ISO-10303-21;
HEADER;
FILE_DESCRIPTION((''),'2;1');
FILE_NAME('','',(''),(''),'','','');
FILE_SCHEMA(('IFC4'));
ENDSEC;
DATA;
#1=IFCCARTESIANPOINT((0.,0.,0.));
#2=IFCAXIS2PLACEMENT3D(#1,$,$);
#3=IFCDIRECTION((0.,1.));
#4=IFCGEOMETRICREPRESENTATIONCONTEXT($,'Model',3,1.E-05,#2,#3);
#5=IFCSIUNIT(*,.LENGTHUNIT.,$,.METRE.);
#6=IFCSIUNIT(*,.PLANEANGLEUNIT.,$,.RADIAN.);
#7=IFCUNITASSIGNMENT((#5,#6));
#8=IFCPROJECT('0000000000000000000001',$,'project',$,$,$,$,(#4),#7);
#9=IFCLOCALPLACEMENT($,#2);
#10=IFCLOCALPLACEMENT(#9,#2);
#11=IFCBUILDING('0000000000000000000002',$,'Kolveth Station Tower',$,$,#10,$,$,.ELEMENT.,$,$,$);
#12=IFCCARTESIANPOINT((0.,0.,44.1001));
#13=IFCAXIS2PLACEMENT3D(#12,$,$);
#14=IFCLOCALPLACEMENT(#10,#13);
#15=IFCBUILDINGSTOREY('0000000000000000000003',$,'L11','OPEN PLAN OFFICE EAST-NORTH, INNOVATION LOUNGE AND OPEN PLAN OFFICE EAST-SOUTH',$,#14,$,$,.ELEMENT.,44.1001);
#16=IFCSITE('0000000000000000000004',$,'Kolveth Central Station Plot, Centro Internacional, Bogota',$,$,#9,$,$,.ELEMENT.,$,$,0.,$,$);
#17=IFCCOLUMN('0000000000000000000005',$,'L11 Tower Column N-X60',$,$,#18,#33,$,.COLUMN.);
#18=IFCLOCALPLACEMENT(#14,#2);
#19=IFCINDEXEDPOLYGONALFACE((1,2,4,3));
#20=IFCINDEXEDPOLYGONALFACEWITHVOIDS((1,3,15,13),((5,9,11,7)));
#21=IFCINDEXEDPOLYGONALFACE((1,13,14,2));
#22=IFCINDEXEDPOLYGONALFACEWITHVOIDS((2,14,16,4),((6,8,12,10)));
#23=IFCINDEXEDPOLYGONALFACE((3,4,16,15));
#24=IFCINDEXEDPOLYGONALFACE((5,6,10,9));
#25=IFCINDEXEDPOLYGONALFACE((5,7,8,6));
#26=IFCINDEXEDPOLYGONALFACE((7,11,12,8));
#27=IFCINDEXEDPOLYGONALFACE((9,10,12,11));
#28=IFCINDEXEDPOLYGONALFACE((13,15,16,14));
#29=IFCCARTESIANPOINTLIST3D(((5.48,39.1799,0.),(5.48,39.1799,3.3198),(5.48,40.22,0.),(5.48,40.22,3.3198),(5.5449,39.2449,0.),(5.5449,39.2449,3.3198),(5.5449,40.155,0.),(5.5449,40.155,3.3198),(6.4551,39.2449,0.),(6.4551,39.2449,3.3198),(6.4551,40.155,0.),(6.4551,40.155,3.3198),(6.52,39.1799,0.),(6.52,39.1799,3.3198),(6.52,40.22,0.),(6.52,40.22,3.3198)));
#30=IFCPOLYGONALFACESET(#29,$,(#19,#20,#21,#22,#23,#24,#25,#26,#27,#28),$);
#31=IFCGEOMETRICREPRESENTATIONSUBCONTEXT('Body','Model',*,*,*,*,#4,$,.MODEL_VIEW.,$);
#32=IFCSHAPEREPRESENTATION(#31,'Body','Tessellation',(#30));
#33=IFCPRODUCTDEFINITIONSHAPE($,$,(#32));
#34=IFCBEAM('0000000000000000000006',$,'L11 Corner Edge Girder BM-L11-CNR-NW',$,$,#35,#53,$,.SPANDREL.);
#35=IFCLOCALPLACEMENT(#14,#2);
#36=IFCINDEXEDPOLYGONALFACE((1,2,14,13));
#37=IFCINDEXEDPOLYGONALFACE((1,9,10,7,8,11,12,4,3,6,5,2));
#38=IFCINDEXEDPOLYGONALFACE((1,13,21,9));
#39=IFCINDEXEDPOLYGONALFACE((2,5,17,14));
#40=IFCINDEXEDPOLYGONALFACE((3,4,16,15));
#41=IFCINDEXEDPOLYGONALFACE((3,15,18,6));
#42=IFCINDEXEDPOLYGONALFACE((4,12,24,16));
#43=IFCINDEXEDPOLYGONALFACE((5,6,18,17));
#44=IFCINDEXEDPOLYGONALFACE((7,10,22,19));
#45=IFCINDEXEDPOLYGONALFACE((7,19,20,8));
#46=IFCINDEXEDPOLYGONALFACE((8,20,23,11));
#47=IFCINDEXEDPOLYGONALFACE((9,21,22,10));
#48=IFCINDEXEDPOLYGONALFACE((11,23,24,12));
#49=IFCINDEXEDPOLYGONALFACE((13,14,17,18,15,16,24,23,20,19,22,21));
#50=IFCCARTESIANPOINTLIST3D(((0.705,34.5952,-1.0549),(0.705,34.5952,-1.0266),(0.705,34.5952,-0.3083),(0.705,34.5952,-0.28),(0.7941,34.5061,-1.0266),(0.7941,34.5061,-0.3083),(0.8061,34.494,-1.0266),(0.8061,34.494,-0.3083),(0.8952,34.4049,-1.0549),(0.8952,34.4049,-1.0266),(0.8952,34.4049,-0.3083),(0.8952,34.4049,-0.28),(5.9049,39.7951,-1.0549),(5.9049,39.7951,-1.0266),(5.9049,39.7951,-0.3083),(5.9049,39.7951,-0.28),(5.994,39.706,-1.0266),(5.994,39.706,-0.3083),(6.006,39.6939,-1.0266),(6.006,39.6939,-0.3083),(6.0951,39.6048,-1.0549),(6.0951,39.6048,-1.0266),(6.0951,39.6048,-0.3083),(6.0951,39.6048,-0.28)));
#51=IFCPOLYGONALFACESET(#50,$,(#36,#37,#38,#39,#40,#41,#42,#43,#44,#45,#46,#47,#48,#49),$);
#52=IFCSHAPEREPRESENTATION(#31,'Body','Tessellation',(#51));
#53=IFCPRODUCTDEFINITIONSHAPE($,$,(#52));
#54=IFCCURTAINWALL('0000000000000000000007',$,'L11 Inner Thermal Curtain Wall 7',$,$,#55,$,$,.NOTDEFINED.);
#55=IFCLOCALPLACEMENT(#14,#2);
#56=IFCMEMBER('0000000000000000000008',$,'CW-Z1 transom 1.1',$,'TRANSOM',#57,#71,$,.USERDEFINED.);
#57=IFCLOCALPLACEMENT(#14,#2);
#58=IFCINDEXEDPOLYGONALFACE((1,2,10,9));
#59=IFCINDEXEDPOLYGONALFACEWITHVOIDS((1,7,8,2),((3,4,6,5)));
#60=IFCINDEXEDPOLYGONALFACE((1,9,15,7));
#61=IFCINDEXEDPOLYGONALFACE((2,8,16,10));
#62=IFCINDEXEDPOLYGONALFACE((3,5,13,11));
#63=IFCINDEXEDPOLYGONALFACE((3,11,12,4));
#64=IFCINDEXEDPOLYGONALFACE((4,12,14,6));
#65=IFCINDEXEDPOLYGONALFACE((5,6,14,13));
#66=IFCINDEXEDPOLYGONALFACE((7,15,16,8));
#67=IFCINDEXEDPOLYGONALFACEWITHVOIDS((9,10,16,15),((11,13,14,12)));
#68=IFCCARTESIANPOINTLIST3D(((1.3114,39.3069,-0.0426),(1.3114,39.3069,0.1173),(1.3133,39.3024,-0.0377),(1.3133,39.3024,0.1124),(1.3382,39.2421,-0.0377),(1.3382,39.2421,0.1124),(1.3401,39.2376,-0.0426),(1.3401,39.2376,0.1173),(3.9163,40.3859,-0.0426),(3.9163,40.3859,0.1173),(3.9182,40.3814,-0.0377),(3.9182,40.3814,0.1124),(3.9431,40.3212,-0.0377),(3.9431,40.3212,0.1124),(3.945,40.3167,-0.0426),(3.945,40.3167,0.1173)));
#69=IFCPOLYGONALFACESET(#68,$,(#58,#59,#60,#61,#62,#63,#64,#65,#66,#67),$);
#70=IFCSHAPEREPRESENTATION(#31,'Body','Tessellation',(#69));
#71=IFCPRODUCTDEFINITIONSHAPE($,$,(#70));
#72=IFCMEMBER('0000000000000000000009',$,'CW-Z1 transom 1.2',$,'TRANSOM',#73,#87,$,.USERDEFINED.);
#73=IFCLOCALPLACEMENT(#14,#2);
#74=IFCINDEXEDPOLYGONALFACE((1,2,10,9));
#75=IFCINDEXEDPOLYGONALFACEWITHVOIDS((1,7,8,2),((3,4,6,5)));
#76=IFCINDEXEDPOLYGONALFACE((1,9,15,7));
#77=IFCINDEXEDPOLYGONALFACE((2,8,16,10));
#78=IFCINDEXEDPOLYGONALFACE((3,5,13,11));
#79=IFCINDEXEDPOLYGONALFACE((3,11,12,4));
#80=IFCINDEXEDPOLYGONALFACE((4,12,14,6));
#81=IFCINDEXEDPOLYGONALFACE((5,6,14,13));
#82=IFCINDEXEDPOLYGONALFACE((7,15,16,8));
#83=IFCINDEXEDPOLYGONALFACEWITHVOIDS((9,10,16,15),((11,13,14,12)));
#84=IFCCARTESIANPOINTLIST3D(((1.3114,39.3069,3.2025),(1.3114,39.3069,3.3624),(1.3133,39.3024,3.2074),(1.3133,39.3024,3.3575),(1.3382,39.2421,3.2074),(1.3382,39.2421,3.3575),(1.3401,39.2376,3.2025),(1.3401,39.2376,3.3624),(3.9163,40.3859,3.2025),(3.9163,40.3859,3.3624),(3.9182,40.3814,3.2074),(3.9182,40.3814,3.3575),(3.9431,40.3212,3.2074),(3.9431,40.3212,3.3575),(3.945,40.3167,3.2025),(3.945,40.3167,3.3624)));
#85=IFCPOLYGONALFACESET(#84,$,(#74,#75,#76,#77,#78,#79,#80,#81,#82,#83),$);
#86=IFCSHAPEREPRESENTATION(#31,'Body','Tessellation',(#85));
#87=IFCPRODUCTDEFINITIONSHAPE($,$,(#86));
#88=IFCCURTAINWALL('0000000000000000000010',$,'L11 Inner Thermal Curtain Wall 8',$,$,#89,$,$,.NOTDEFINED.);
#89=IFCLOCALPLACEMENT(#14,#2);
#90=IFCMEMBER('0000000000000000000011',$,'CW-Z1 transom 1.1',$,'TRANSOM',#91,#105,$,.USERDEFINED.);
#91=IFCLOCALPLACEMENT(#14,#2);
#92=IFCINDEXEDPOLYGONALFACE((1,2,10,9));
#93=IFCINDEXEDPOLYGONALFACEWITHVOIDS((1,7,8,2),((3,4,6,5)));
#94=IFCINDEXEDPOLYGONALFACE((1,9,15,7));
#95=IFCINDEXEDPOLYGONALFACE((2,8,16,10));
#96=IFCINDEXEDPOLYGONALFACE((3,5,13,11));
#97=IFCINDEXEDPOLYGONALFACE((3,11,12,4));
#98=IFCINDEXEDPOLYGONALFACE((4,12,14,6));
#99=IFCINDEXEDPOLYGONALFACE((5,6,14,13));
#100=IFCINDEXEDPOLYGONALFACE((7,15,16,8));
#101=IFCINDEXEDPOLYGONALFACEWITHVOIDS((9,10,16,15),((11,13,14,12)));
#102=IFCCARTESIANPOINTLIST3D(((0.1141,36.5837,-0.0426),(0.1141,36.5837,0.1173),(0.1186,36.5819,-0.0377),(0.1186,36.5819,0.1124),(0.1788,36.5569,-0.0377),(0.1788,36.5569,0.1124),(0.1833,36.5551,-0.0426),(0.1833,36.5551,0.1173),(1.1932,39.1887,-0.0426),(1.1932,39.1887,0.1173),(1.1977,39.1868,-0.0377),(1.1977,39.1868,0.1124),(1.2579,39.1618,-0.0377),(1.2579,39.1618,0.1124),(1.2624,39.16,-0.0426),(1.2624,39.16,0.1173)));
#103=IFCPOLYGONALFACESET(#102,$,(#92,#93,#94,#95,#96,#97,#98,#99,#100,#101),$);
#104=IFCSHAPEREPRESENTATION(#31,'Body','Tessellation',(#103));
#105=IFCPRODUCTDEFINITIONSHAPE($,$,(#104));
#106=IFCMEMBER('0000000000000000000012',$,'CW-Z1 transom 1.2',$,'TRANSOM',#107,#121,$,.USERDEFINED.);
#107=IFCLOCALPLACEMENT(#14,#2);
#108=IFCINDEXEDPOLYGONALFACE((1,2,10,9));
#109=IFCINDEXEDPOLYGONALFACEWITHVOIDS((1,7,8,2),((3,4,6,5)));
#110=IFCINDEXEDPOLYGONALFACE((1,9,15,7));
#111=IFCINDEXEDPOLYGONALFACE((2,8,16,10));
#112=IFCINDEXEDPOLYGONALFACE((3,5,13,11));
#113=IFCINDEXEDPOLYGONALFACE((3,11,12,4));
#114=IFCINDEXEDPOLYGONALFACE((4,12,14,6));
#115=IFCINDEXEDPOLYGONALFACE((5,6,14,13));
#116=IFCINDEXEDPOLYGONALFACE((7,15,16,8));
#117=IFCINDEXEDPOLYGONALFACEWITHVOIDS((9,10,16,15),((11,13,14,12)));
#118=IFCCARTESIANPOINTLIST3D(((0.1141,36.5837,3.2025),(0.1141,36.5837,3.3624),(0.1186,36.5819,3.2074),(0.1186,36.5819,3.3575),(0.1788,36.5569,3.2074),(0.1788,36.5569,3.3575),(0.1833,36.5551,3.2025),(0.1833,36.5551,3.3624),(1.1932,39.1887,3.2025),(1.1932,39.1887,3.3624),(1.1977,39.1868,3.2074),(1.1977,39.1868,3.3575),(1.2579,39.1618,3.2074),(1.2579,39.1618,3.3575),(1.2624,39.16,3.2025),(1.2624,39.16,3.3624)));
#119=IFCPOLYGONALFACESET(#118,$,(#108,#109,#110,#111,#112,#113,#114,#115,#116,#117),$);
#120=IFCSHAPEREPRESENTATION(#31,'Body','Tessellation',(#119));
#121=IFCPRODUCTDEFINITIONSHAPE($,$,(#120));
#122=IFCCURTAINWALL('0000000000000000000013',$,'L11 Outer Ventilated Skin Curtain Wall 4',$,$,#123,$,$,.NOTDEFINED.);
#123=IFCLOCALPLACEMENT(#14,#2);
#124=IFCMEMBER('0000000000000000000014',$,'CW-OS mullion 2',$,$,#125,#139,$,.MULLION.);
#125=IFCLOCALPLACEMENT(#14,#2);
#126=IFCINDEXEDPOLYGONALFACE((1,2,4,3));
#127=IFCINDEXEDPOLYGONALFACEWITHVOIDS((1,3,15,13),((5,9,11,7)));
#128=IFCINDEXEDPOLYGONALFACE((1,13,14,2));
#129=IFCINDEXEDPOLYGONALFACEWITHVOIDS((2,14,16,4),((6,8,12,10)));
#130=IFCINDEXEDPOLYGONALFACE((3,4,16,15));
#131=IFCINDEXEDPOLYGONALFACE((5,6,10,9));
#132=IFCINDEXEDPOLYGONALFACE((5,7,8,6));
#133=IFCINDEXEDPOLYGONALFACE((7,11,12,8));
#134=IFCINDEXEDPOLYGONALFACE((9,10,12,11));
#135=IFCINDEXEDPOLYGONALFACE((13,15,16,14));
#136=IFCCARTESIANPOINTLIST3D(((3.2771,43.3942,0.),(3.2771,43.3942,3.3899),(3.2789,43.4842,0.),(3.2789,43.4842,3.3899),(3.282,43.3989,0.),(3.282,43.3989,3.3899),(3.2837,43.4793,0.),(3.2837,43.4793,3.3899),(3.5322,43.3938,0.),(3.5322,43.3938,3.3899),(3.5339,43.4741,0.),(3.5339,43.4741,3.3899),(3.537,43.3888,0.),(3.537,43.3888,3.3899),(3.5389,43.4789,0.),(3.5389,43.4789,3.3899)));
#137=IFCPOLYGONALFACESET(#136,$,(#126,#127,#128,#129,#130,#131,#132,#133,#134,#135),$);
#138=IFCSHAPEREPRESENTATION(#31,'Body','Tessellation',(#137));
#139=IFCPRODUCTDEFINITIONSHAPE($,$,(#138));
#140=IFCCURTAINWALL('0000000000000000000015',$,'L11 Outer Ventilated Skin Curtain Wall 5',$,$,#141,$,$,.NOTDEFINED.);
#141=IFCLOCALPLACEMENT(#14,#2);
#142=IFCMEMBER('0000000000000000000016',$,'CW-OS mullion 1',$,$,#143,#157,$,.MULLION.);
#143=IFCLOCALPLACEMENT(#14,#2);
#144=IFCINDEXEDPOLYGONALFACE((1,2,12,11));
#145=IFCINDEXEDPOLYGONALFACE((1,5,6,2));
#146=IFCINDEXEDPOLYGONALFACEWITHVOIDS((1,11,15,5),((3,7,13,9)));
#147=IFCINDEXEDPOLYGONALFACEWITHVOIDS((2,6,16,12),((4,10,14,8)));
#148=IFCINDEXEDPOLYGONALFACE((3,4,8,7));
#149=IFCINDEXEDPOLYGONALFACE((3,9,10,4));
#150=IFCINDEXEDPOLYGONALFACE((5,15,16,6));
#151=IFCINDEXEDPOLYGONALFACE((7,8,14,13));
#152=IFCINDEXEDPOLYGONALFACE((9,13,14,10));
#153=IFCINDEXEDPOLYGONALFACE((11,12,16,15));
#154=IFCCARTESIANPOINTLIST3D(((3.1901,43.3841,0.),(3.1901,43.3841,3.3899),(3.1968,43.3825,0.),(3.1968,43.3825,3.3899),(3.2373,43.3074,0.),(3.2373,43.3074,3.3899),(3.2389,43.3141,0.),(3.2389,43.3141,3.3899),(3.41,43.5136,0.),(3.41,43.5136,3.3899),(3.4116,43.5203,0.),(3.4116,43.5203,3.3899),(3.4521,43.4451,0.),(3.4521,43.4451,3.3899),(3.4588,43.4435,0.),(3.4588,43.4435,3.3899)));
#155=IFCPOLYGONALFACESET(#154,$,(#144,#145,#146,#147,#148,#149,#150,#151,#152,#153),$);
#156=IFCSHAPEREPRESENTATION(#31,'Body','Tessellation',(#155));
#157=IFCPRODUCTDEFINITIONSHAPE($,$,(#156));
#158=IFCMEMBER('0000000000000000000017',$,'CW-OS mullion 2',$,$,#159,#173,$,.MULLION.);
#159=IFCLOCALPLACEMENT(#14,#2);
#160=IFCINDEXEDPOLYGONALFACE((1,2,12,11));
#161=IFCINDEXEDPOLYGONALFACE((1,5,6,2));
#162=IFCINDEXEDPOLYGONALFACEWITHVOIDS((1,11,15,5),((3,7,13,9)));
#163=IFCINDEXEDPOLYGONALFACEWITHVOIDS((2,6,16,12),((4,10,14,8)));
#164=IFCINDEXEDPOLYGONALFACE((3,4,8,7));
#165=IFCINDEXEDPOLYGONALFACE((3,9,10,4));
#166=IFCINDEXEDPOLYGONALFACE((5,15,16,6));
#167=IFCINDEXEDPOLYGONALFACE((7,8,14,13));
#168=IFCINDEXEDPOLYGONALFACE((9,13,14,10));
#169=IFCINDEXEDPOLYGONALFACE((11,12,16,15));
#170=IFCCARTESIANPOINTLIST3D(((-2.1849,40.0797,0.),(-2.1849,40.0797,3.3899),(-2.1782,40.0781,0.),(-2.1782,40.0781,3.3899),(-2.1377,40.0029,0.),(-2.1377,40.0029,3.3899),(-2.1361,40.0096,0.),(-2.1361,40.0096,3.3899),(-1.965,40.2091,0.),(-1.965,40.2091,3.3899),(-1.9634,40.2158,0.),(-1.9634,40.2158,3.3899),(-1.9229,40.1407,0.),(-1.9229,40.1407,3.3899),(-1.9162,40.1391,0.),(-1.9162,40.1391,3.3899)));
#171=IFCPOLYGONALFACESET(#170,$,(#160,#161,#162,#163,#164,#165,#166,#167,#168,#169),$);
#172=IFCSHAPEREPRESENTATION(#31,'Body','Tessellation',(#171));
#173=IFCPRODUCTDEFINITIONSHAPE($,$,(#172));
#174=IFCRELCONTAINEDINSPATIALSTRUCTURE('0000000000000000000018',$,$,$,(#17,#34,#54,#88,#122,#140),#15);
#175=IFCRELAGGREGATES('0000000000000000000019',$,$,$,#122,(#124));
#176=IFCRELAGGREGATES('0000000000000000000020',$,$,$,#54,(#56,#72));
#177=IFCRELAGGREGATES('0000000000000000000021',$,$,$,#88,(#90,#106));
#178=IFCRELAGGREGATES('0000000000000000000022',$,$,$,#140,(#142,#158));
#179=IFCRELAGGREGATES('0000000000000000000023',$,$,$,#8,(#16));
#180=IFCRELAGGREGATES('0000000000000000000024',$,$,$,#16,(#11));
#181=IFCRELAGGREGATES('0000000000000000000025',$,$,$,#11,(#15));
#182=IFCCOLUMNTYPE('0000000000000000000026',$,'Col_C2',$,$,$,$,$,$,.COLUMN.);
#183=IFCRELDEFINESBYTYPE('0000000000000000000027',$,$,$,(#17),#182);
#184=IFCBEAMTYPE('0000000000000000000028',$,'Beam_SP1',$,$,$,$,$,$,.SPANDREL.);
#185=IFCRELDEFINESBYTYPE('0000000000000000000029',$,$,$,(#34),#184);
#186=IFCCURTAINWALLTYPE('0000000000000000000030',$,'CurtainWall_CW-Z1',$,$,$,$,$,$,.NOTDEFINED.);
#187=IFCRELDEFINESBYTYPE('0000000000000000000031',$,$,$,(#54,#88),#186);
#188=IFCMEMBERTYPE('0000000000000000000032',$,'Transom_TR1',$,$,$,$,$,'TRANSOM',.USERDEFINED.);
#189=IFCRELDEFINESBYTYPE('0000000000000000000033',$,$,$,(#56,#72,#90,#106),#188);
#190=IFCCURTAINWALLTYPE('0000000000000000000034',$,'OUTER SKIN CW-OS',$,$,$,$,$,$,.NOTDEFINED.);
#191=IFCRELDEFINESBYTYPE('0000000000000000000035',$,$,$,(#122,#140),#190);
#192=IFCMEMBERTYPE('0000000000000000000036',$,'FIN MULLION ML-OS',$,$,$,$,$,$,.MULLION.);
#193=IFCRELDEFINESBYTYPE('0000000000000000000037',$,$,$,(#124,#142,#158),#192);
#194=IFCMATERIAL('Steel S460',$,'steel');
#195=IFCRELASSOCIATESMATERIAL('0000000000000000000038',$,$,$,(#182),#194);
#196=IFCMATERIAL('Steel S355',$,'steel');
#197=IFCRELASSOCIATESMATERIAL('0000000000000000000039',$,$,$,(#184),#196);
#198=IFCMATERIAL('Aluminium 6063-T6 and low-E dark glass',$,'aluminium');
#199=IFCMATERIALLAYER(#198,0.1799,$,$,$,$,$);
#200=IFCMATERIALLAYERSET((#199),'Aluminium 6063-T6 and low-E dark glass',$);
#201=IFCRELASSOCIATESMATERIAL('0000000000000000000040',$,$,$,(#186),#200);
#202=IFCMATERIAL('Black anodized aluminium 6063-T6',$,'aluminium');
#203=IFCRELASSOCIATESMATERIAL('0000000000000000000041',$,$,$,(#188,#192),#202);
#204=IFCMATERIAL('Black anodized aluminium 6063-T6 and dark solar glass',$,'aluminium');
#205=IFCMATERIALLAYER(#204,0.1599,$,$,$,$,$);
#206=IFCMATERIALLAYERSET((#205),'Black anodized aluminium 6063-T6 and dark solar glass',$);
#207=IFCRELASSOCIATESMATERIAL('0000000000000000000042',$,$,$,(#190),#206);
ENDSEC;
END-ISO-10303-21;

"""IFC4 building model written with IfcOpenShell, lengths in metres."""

from ifc_helpers import new_model, si_unit, direction, frame, origin, origin_2d, place, context, subcontext, project, spatial, hollow_rectangle, i_section, extrude, source, transform, mapped, material, layer, layer_set, material_profile, profile_set, type_object, element, aggregate, save


model = new_model("IFC4")

# Units and contexts
model_context = context("Model", 3, precision=1e-05, world=origin(), true_north=direction((0.0, 1.0)))
body_context = subcontext(model_context, "Body", "Model", "MODEL_VIEW")
ifc_project = project(units=[si_unit("LENGTHUNIT", "METRE"), si_unit("PLANEANGLEUNIT", "RADIAN")], contexts=[model_context])

# Site, building, storey
site_placement = place(None, origin())
site = spatial("IfcSite", under=ifc_project, at=site_placement, Name="Kolveth Central Station Plot, Centro Internacional, Bogota", CompositionType="ELEMENT", RefElevation=0.0)
building_placement = place(site_placement, origin())
building = spatial("IfcBuilding", under=site, at=building_placement, Name="Kolveth Station Tower", CompositionType="ELEMENT")
storey_placement = place(building_placement, frame((0.0, 0.0, 44.1001)))
storey = spatial("IfcBuildingStorey", under=building, at=storey_placement, Name="L11", Description="OPEN PLAN OFFICE EAST-NORTH, INNOVATION LOUNGE AND OPEN PLAN OFFICE EAST-SOUTH", CompositionType="ELEMENT", Elevation=44.1001)

# Column
ifc_material_1 = material(Name="Steel S460", Category="steel")
ifc_material_profile_1 = material_profile(ifc_material_1, hollow_rectangle(XDim=1.04, YDim=1.04, WallThickness=0.0649, at=origin_2d()), Name="BOX1040x1040x65")
ifc_profile_set_1 = profile_set([ifc_material_profile_1], Name="Steel S460")
column_type = type_object("IfcColumnType", Name="Col_C2", PredefinedType="COLUMN", material=ifc_profile_set_1)
shared_shape_1 = source(origin(), body_context, "Body", "SweptSolid", [
    extrude(hollow_rectangle(XDim=1.04, YDim=1.04, WallThickness=0.0649, at=origin_2d()), origin(), (0.0, 0.0, 1.0), 3.3198),
])
column_placement = place(storey_placement, frame((6.0, 39.7, 0.0), z_axis=(0.0, 0.0, 1.0), x_axis=(1.0, 0.0, 0.0)))
element("IfcColumn", 1, at=column_placement, inside=storey, type_object=column_type, Name="L11 Tower Column N-X60", PredefinedType="COLUMN", context=body_context, shape_type="MappedRepresentation", body=[
    mapped(shared_shape_1, transform((0.0, 0.0, 0.0), x_axis=(1.0, 0.0, 0.0), y_axis=(0.0, 1.0, 0.0), z_axis=(0.0, 0.0, 1.0), scale=1.0)),
])

# Beam
ifc_material_2 = material(Name="Steel S355", Category="steel")
ifc_material_profile_2 = material_profile(ifc_material_2, i_section(OverallWidth=0.269, OverallDepth=0.7749, WebThickness=0.0171, FlangeThickness=0.0283, at=origin_2d()), Name="W760x220")
ifc_profile_set_2 = profile_set([ifc_material_profile_2], Name="Steel S355")
beam_type = type_object("IfcBeamType", Name="Beam_SP1", PredefinedType="SPANDREL", material=ifc_profile_set_2)
shared_shape_2 = source(origin(), body_context, "Body", "SweptSolid", [
    extrude(i_section(OverallWidth=0.269, OverallDepth=0.7749, WebThickness=0.0171, FlangeThickness=0.0283, at=origin_2d()), origin(), (0.0, 0.0, 1.0), 7.3538),
])
beam_placement = place(storey_placement, frame((6.0, 39.7, -0.6675), z_axis=(-0.707107, -0.707107, 0.0), x_axis=(0.707107, -0.707107, 0.0)))
element("IfcBeam", 2, at=beam_placement, inside=storey, type_object=beam_type, Name="L11 Corner Edge Girder BM-L11-CNR-NW", PredefinedType="SPANDREL", context=body_context, shape_type="MappedRepresentation", body=[
    mapped(shared_shape_2, transform((0.0, 0.0, 0.0), x_axis=(1.0, 0.0, 0.0), y_axis=(0.0, 1.0, 0.0), z_axis=(0.0, 0.0, 1.0), scale=1.0)),
])

# Curtain walls, members
ifc_material_3 = material(Name="Aluminium 6063-T6 and low-E dark glass", Category="aluminium")
ifc_layer_1 = layer(ifc_material_3, 0.1799)
ifc_layer_set_1 = layer_set([ifc_layer_1], Name="Aluminium 6063-T6 and low-E dark glass")
curtain_wall_type_1 = type_object("IfcCurtainWallType", Name="CurtainWall_CW-Z1", PredefinedType="NOTDEFINED", material=ifc_layer_set_1)
curtain_wall_1_placement = place(storey_placement, origin())
curtain_wall_1 = element("IfcCurtainWall", 3, at=curtain_wall_1_placement, inside=storey, type_object=curtain_wall_type_1, Name="L11 Inner Thermal Curtain Wall 7", PredefinedType="NOTDEFINED")
ifc_material_4 = material(Name="Black anodized aluminium 6063-T6", Category="aluminium")
ifc_material_profile_3 = material_profile(ifc_material_4, hollow_rectangle(XDim=0.075, YDim=0.1599, WallThickness=0.0049, at=origin_2d()), Name="ALU-75x160x5")
ifc_profile_set_3 = profile_set([ifc_material_profile_3], Name="Black anodized aluminium 6063-T6")
member_type_1 = type_object("IfcMemberType", Name="Transom_TR1", ElementType="TRANSOM", PredefinedType="USERDEFINED", material=ifc_profile_set_3)
shared_shape_3 = source(origin(), body_context, "Body", "SweptSolid", [
    extrude(hollow_rectangle(XDim=0.075, YDim=0.1599, WallThickness=0.0049, at=origin_2d()), origin(), (0.0, 0.0, 1.0), 2.8196),
])
member_1_placement = place(storey_placement, frame((3.9307, 40.3513, 0.0374), z_axis=(-0.923869, -0.382709, 0.0), x_axis=(0.382709, -0.923869, 0.0)))
member_1 = element("IfcMember", 4, at=member_1_placement, type_object=member_type_1, Name="CW-Z1 transom 1.1", ObjectType="TRANSOM", PredefinedType="USERDEFINED", context=body_context, shape_type="MappedRepresentation", body=[
    mapped(shared_shape_3, transform((0.0, 0.0, 0.0), x_axis=(1.0, 0.0, 0.0), y_axis=(0.0, 1.0, 0.0), z_axis=(0.0, 0.0, 1.0), scale=1.0)),
])
member_2_placement = place(storey_placement, frame((3.9307, 40.3513, 3.2825), z_axis=(-0.923869, -0.382709, 0.0), x_axis=(0.382709, -0.923869, 0.0)))
member_2 = element("IfcMember", 5, at=member_2_placement, type_object=member_type_1, Name="CW-Z1 transom 1.2", ObjectType="TRANSOM", PredefinedType="USERDEFINED", context=body_context, shape_type="MappedRepresentation", body=[
    mapped(shared_shape_3, transform((0.0, 0.0, 0.0), x_axis=(1.0, 0.0, 0.0), y_axis=(0.0, 1.0, 0.0), z_axis=(0.0, 0.0, 1.0), scale=1.0)),
])
curtain_wall_2_placement = place(storey_placement, origin())
curtain_wall_2 = element("IfcCurtainWall", 6, at=curtain_wall_2_placement, inside=storey, type_object=curtain_wall_type_1, Name="L11 Inner Thermal Curtain Wall 8", PredefinedType="NOTDEFINED")
member_3_placement = place(storey_placement, frame((1.2278, 39.1743, 0.0374), z_axis=(-0.382709, -0.923869, 0.0), x_axis=(0.923869, -0.382709, 0.0)))
member_3 = element("IfcMember", 7, at=member_3_placement, type_object=member_type_1, Name="CW-Z1 transom 1.1", ObjectType="TRANSOM", PredefinedType="USERDEFINED", context=body_context, shape_type="MappedRepresentation", body=[
    mapped(shared_shape_3, transform((0.0, 0.0, 0.0), x_axis=(1.0, 0.0, 0.0), y_axis=(0.0, 1.0, 0.0), z_axis=(0.0, 0.0, 1.0), scale=1.0)),
])
member_4_placement = place(storey_placement, frame((1.2278, 39.1743, 3.2825), z_axis=(-0.382709, -0.923869, 0.0), x_axis=(0.923869, -0.382709, 0.0)))
member_4 = element("IfcMember", 8, at=member_4_placement, type_object=member_type_1, Name="CW-Z1 transom 1.2", ObjectType="TRANSOM", PredefinedType="USERDEFINED", context=body_context, shape_type="MappedRepresentation", body=[
    mapped(shared_shape_3, transform((0.0, 0.0, 0.0), x_axis=(1.0, 0.0, 0.0), y_axis=(0.0, 1.0, 0.0), z_axis=(0.0, 0.0, 1.0), scale=1.0)),
])

# Curtain wall, member
ifc_material_5 = material(Name="Black anodized aluminium 6063-T6 and dark solar glass", Category="aluminium")
ifc_layer_2 = layer(ifc_material_5, 0.1599)
ifc_layer_set_2 = layer_set([ifc_layer_2], Name="Black anodized aluminium 6063-T6 and dark solar glass")
curtain_wall_type_2 = type_object("IfcCurtainWallType", Name="OUTER SKIN CW-OS", PredefinedType="NOTDEFINED", material=ifc_layer_set_2)
curtain_wall_3_placement = place(storey_placement, origin())
curtain_wall_3 = element("IfcCurtainWall", 9, at=curtain_wall_3_placement, inside=storey, type_object=curtain_wall_type_2, Name="L11 Outer Ventilated Skin Curtain Wall 4", PredefinedType="NOTDEFINED")
ifc_material_profile_4 = material_profile(ifc_material_4, hollow_rectangle(XDim=0.0901, YDim=0.26, WallThickness=0.0049, at=origin_2d()), Name="ALU-90x260x5")
ifc_profile_set_4 = profile_set([ifc_material_profile_4], Name="Black anodized aluminium 6063-T6")
member_type_2 = type_object("IfcMemberType", Name="FIN MULLION ML-OS", PredefinedType="MULLION", material=ifc_profile_set_4)
shared_shape_4 = source(origin(), body_context, "Body", "SweptSolid", [
    extrude(hollow_rectangle(XDim=0.0901, YDim=0.26, WallThickness=0.0049, at=origin_2d()), origin(), (0.0, 0.0, 1.0), 3.3899),
])
member_5_placement = place(storey_placement, frame((3.408, 43.4365, 0.0), z_axis=(0.0, 0.0, 1.0), x_axis=(-0.02061, -0.999788, 0.0)))
member_5 = element("IfcMember", 10, at=member_5_placement, type_object=member_type_2, Name="CW-OS mullion 2", PredefinedType="MULLION", context=body_context, shape_type="MappedRepresentation", body=[
    mapped(shared_shape_4, transform((0.0, 0.0, 0.0), x_axis=(1.0, 0.0, 0.0), y_axis=(0.0, 1.0, 0.0), z_axis=(0.0, 0.0, 1.0), scale=1.0)),
])
aggregate(curtain_wall_3, [member_5])

# Curtain wall, members
curtain_wall_4_placement = place(storey_placement, origin())
curtain_wall_4 = element("IfcCurtainWall", 11, at=curtain_wall_4_placement, inside=storey, type_object=curtain_wall_type_2, Name="L11 Outer Ventilated Skin Curtain Wall 5", PredefinedType="NOTDEFINED")
member_6_placement = place(storey_placement, frame((3.3245, 43.4138, 0.0), z_axis=(0.0, 0.0, 1.0), x_axis=(0.523736, -0.851881, 0.0)))
member_6 = element("IfcMember", 12, at=member_6_placement, type_object=member_type_2, Name="CW-OS mullion 1", PredefinedType="MULLION", context=body_context, shape_type="MappedRepresentation", body=[
    mapped(shared_shape_4, transform((0.0, 0.0, 0.0), x_axis=(1.0, 0.0, 0.0), y_axis=(0.0, 1.0, 0.0), z_axis=(0.0, 0.0, 1.0), scale=1.0)),
])
member_7_placement = place(storey_placement, frame((-2.0505, 40.1094, 0.0), z_axis=(0.0, 0.0, 1.0), x_axis=(0.523736, -0.851881, 0.0)))
member_7 = element("IfcMember", 13, at=member_7_placement, type_object=member_type_2, Name="CW-OS mullion 2", PredefinedType="MULLION", context=body_context, shape_type="MappedRepresentation", body=[
    mapped(shared_shape_4, transform((0.0, 0.0, 0.0), x_axis=(1.0, 0.0, 0.0), y_axis=(0.0, 1.0, 0.0), z_axis=(0.0, 0.0, 1.0), scale=1.0)),
])

aggregate(curtain_wall_1, [member_1, member_2])
aggregate(curtain_wall_2, [member_3, member_4])
aggregate(curtain_wall_4, [member_6, member_7])

save(model, "model.ifc")
